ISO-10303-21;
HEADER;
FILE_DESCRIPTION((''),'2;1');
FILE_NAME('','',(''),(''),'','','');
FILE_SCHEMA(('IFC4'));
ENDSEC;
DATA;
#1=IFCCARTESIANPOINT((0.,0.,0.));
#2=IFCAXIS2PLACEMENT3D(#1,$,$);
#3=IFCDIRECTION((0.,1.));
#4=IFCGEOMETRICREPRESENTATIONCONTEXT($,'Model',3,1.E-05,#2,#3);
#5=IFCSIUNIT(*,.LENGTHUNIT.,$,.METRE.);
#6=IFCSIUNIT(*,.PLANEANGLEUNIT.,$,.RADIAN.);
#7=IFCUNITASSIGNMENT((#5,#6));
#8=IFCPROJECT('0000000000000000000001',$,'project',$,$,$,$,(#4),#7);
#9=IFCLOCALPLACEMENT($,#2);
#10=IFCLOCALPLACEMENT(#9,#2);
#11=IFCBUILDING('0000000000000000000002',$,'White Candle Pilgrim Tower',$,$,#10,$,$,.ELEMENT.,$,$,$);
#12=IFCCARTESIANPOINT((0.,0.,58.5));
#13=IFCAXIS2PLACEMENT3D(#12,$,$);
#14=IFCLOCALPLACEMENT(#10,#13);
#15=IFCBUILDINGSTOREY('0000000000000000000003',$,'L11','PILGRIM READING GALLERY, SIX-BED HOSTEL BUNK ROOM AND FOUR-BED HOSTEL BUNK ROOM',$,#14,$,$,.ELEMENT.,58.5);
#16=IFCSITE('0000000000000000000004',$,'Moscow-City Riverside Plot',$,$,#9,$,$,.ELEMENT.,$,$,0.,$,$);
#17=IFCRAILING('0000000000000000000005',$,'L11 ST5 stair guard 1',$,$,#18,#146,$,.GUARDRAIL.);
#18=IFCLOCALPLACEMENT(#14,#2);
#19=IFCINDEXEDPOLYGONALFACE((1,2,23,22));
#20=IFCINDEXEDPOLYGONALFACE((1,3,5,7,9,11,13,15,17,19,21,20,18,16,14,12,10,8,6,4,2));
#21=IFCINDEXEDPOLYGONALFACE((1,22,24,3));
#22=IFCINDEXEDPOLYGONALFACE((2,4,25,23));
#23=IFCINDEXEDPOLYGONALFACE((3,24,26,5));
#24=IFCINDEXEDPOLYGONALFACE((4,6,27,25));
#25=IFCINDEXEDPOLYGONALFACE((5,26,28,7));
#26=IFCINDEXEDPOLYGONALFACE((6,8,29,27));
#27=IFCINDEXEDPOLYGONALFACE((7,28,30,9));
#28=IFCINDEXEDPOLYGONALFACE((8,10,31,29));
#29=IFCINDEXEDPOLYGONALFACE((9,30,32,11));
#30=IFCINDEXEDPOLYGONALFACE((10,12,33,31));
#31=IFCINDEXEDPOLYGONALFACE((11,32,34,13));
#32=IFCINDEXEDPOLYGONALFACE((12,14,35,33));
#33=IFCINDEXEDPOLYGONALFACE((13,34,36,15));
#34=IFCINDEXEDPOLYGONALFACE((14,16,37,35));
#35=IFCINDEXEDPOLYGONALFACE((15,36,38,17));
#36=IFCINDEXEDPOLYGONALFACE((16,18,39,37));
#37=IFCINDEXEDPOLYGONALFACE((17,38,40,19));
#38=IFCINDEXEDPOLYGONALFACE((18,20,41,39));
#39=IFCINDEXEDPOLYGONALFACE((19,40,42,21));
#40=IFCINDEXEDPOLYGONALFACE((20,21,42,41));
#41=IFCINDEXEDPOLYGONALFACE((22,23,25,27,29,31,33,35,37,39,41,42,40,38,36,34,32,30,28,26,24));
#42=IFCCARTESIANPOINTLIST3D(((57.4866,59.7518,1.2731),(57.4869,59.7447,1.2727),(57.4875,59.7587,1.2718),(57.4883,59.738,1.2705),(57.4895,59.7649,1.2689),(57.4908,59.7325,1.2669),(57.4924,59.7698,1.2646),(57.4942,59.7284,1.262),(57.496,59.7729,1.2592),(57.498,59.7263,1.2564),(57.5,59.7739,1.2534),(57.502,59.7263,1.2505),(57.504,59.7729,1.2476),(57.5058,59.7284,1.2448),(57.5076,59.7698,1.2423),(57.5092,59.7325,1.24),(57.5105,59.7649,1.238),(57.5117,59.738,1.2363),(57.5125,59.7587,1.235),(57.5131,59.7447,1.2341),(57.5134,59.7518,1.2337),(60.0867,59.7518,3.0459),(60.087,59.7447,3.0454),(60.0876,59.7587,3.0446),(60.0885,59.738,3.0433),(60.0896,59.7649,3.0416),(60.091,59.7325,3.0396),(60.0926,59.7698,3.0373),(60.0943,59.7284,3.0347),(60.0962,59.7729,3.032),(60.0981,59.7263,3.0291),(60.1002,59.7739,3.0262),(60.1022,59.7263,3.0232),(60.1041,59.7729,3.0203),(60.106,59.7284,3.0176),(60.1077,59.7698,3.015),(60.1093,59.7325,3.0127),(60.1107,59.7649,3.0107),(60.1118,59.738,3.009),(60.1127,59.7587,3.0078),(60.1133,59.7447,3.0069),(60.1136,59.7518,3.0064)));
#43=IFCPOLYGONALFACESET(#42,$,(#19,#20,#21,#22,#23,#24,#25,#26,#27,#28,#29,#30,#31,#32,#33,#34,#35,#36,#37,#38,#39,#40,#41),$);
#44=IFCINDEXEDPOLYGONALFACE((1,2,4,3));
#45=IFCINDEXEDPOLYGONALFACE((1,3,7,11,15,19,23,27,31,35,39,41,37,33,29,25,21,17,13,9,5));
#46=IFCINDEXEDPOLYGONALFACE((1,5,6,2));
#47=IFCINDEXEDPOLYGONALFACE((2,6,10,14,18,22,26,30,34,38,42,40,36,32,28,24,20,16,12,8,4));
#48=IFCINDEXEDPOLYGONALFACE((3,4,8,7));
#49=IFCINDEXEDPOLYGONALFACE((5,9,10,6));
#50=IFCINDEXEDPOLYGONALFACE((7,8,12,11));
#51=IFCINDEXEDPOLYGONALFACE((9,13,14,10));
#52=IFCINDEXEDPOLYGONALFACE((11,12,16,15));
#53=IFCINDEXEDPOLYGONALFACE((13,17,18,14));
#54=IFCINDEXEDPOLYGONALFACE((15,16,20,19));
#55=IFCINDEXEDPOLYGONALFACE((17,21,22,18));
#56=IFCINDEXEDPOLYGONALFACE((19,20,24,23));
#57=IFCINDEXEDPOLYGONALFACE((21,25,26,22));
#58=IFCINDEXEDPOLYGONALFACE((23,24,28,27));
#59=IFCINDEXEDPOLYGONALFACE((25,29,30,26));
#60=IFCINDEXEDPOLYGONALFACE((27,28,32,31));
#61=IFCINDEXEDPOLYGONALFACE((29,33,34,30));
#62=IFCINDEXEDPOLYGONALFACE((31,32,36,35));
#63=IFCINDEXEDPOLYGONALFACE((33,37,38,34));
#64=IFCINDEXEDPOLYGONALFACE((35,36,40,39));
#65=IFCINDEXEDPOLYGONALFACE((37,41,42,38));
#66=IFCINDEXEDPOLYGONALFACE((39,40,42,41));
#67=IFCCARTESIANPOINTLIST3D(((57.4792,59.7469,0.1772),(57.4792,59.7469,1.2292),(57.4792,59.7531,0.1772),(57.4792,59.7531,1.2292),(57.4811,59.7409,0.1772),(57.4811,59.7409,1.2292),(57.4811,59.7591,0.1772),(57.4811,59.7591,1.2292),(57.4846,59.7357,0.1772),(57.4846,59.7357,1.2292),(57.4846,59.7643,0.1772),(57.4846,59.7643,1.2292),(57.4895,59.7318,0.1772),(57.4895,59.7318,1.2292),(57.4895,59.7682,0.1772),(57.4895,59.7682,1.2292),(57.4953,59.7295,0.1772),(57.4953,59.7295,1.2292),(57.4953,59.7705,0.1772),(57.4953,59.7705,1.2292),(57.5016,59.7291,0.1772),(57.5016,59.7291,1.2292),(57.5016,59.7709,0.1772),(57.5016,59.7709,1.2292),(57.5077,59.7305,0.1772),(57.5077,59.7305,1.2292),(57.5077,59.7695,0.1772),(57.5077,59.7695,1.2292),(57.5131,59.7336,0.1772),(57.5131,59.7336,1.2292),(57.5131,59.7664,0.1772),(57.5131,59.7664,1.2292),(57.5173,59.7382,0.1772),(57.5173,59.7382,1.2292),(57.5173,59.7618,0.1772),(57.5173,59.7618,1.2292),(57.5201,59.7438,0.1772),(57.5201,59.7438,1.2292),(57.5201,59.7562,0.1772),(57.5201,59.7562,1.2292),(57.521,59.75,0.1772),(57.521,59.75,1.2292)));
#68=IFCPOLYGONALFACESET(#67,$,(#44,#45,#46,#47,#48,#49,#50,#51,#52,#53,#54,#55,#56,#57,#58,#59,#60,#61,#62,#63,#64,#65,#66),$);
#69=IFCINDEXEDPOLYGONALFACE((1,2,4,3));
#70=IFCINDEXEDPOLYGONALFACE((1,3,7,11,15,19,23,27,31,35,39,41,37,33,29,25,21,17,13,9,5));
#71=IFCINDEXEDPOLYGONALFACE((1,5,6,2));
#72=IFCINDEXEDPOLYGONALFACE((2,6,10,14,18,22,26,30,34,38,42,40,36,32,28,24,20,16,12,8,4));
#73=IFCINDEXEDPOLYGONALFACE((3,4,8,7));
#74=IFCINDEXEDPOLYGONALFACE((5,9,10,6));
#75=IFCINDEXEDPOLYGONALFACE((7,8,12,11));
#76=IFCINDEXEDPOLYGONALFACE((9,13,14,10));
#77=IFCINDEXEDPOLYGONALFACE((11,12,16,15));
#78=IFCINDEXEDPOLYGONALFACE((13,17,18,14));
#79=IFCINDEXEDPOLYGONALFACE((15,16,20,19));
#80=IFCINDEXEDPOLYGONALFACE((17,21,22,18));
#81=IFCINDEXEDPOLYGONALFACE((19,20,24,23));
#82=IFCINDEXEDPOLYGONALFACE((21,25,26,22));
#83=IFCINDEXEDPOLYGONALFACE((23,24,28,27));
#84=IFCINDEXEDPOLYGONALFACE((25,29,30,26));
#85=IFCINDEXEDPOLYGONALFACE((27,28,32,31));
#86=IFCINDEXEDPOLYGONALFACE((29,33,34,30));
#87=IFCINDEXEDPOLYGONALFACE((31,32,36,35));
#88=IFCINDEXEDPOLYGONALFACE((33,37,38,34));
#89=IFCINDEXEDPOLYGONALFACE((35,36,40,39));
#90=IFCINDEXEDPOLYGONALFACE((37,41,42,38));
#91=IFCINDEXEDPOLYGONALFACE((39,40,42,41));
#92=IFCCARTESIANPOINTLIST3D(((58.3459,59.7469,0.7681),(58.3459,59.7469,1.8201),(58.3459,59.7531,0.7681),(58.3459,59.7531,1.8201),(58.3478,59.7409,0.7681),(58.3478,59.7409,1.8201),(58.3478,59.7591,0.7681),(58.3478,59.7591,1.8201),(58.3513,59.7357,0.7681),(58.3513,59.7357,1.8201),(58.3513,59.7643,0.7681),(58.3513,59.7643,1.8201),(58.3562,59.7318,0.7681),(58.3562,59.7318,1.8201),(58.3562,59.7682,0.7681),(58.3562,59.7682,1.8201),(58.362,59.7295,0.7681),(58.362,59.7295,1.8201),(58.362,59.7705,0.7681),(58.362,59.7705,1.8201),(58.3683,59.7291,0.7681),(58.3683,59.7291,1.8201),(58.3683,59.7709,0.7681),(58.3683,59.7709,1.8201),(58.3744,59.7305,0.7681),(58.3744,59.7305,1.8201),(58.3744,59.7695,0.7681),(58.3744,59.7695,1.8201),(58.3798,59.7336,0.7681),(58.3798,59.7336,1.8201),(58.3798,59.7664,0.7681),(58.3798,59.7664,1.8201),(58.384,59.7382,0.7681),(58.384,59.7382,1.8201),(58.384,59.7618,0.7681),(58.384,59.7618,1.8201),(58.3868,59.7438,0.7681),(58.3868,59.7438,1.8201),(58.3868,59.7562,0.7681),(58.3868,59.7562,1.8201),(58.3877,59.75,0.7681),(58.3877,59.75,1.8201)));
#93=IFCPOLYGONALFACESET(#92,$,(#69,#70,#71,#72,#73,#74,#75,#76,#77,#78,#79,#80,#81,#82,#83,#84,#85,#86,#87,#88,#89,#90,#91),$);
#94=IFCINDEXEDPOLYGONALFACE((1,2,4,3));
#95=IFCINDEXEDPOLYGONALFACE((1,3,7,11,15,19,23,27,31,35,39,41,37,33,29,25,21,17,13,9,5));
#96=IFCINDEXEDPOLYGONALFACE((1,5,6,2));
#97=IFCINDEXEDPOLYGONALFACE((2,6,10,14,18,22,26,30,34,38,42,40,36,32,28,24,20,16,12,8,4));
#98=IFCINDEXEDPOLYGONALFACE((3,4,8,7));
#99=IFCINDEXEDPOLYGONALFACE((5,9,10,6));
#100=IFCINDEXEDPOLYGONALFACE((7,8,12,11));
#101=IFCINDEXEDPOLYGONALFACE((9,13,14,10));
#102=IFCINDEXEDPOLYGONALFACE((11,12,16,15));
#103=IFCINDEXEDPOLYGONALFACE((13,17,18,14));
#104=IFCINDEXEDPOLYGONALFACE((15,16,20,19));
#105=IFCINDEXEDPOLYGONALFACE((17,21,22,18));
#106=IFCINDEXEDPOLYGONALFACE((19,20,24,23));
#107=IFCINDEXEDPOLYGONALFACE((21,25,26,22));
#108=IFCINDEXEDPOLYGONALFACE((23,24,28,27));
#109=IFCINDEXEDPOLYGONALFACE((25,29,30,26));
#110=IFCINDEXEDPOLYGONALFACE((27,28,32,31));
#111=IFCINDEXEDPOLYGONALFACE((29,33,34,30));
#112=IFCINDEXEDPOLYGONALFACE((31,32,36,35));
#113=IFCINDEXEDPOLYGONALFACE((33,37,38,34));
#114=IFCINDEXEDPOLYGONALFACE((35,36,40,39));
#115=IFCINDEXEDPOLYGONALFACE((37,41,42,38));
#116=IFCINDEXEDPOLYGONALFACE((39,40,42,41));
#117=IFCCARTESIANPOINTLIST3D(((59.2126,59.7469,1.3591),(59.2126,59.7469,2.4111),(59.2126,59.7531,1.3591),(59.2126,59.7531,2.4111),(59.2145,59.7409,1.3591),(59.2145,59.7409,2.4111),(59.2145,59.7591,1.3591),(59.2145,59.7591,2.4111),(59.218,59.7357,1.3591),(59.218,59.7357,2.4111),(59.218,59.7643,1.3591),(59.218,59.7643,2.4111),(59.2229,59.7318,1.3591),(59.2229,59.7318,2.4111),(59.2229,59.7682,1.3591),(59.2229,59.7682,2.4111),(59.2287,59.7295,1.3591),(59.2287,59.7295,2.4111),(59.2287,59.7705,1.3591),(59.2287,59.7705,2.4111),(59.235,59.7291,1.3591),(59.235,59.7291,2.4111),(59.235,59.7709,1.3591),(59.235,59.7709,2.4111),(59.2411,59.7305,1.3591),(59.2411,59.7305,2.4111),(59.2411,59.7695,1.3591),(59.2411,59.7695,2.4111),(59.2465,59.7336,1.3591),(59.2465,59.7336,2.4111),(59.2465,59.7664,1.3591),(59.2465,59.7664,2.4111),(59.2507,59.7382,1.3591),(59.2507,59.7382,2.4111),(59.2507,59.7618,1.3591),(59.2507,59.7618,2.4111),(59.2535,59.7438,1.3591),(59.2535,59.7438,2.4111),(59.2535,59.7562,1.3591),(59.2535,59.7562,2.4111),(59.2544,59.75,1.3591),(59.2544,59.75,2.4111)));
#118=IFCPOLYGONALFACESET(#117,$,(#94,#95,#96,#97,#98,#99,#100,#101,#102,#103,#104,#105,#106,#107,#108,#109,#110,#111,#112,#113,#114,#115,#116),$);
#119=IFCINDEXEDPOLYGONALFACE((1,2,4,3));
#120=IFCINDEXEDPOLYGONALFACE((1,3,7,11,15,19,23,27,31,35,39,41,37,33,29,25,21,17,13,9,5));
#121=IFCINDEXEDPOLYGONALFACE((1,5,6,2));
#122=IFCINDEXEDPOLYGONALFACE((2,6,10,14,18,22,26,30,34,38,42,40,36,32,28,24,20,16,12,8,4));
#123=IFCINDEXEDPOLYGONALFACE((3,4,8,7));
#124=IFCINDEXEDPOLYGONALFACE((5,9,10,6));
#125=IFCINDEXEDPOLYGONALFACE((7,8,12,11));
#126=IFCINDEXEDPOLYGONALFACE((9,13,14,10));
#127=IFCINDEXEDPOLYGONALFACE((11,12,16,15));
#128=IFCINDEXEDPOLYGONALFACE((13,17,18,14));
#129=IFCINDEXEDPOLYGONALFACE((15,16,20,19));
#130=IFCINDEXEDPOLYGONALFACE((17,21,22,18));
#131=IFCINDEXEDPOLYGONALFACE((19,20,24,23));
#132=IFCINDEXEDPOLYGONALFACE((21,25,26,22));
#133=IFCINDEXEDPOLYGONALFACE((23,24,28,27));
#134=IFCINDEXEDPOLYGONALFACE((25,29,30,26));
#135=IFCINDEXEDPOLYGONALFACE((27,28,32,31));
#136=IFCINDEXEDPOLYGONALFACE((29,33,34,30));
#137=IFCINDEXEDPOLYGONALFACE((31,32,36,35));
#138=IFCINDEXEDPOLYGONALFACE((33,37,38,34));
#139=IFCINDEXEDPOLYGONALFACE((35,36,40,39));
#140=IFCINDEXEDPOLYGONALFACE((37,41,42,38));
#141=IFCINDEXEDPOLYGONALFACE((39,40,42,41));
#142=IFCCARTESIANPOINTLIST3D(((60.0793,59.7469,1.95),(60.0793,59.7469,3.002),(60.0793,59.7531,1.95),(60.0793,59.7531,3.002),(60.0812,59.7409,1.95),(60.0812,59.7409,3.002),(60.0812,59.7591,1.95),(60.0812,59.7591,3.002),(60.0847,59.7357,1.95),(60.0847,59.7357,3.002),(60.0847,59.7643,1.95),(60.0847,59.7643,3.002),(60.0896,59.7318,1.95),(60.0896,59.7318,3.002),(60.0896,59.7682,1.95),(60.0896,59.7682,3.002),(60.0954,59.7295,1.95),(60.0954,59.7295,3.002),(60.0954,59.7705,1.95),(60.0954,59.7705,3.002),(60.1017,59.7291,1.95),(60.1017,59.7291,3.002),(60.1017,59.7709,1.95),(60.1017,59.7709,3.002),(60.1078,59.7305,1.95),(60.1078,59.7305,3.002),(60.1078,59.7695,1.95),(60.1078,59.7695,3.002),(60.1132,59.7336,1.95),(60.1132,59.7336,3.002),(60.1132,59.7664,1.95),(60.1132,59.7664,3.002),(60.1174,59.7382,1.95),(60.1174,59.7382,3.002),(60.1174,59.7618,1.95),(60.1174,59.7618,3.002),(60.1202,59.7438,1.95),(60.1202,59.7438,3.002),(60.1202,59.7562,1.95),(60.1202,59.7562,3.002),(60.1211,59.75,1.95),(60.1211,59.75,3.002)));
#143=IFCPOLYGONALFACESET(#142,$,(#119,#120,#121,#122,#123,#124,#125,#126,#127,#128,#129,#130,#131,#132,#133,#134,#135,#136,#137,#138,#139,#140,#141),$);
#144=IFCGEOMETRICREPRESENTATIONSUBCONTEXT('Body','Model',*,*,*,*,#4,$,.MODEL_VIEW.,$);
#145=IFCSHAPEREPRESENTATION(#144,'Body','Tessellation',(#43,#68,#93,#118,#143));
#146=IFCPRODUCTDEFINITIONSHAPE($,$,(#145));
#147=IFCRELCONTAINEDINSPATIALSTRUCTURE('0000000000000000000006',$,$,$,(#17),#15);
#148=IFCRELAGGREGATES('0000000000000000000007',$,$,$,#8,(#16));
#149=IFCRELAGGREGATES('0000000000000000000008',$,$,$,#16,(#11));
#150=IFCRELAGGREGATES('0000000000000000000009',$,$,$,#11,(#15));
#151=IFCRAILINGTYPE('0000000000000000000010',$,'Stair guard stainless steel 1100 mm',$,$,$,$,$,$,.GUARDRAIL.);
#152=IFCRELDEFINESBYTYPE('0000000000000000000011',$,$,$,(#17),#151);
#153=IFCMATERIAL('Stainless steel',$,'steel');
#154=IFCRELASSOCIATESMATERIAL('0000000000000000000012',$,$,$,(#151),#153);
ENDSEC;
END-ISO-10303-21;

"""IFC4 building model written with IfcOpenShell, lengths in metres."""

from ifc_helpers import new_model, si_unit, direction, frame, origin, origin_2d, place, context, subcontext, project, spatial, circle, extrude, material, type_object, element, save


model = new_model("IFC4")

# Units and contexts
model_context = context("Model", 3, precision=1e-05, world=origin(), true_north=direction((0.0, 1.0)))
body_context = subcontext(model_context, "Body", "Model", "MODEL_VIEW")
ifc_project = project(units=[si_unit("LENGTHUNIT", "METRE"), si_unit("PLANEANGLEUNIT", "RADIAN")], contexts=[model_context])

# Site, building, storey
site_placement = place(None, origin())
site = spatial("IfcSite", under=ifc_project, at=site_placement, Name="Moscow-City Riverside Plot", CompositionType="ELEMENT", RefElevation=0.0)
building_placement = place(site_placement, origin())
building = spatial("IfcBuilding", under=site, at=building_placement, Name="White Candle Pilgrim Tower", CompositionType="ELEMENT")
storey_placement = place(building_placement, frame((0.0, 0.0, 58.5)))
storey = spatial("IfcBuildingStorey", under=building, at=storey_placement, Name="L11", Description="PILGRIM READING GALLERY, SIX-BED HOSTEL BUNK ROOM AND FOUR-BED HOSTEL BUNK ROOM", CompositionType="ELEMENT", Elevation=58.5)

# Railing
ifc_material_1 = material(Name="Stainless steel", Category="steel")
railing_type_1 = type_object("IfcRailingType", Name="Stair guard stainless steel 1100 mm", PredefinedType="GUARDRAIL", material=ifc_material_1)
railing_1_placement = place(storey_placement, frame((57.5, 59.75, 0.1772)))
element("IfcRailing", 1, at=railing_1_placement, inside=storey, type_object=railing_type_1, Name="L11 ST5 stair guard 1", PredefinedType="GUARDRAIL", context=body_context, shape_type="SweptSolid", body=[
    extrude(circle(Radius=0.0239, at=origin_2d()), frame((0.0, 0.0, 1.0762), z_axis=(0.82624, 0.0, 0.563318), x_axis=(0.0, 1.0, 0.0)), (0.0, 0.0, 1.0), 3.147),
    extrude(circle(Radius=0.021, at=origin_2d()), origin(), (0.0, 0.0, 1.0), 1.052),
    extrude(circle(Radius=0.021, at=origin_2d()), frame((0.8667, 0.0, 0.5908)), (0.0, 0.0, 1.0), 1.052),
    extrude(circle(Radius=0.021, at=origin_2d()), frame((1.7334, 0.0, 1.1819)), (0.0, 0.0, 1.0), 1.052),
    extrude(circle(Radius=0.021, at=origin_2d()), frame((2.6001, 0.0, 1.7727)), (0.0, 0.0, 1.0), 1.052),
])

save(model, "model.ifc")
